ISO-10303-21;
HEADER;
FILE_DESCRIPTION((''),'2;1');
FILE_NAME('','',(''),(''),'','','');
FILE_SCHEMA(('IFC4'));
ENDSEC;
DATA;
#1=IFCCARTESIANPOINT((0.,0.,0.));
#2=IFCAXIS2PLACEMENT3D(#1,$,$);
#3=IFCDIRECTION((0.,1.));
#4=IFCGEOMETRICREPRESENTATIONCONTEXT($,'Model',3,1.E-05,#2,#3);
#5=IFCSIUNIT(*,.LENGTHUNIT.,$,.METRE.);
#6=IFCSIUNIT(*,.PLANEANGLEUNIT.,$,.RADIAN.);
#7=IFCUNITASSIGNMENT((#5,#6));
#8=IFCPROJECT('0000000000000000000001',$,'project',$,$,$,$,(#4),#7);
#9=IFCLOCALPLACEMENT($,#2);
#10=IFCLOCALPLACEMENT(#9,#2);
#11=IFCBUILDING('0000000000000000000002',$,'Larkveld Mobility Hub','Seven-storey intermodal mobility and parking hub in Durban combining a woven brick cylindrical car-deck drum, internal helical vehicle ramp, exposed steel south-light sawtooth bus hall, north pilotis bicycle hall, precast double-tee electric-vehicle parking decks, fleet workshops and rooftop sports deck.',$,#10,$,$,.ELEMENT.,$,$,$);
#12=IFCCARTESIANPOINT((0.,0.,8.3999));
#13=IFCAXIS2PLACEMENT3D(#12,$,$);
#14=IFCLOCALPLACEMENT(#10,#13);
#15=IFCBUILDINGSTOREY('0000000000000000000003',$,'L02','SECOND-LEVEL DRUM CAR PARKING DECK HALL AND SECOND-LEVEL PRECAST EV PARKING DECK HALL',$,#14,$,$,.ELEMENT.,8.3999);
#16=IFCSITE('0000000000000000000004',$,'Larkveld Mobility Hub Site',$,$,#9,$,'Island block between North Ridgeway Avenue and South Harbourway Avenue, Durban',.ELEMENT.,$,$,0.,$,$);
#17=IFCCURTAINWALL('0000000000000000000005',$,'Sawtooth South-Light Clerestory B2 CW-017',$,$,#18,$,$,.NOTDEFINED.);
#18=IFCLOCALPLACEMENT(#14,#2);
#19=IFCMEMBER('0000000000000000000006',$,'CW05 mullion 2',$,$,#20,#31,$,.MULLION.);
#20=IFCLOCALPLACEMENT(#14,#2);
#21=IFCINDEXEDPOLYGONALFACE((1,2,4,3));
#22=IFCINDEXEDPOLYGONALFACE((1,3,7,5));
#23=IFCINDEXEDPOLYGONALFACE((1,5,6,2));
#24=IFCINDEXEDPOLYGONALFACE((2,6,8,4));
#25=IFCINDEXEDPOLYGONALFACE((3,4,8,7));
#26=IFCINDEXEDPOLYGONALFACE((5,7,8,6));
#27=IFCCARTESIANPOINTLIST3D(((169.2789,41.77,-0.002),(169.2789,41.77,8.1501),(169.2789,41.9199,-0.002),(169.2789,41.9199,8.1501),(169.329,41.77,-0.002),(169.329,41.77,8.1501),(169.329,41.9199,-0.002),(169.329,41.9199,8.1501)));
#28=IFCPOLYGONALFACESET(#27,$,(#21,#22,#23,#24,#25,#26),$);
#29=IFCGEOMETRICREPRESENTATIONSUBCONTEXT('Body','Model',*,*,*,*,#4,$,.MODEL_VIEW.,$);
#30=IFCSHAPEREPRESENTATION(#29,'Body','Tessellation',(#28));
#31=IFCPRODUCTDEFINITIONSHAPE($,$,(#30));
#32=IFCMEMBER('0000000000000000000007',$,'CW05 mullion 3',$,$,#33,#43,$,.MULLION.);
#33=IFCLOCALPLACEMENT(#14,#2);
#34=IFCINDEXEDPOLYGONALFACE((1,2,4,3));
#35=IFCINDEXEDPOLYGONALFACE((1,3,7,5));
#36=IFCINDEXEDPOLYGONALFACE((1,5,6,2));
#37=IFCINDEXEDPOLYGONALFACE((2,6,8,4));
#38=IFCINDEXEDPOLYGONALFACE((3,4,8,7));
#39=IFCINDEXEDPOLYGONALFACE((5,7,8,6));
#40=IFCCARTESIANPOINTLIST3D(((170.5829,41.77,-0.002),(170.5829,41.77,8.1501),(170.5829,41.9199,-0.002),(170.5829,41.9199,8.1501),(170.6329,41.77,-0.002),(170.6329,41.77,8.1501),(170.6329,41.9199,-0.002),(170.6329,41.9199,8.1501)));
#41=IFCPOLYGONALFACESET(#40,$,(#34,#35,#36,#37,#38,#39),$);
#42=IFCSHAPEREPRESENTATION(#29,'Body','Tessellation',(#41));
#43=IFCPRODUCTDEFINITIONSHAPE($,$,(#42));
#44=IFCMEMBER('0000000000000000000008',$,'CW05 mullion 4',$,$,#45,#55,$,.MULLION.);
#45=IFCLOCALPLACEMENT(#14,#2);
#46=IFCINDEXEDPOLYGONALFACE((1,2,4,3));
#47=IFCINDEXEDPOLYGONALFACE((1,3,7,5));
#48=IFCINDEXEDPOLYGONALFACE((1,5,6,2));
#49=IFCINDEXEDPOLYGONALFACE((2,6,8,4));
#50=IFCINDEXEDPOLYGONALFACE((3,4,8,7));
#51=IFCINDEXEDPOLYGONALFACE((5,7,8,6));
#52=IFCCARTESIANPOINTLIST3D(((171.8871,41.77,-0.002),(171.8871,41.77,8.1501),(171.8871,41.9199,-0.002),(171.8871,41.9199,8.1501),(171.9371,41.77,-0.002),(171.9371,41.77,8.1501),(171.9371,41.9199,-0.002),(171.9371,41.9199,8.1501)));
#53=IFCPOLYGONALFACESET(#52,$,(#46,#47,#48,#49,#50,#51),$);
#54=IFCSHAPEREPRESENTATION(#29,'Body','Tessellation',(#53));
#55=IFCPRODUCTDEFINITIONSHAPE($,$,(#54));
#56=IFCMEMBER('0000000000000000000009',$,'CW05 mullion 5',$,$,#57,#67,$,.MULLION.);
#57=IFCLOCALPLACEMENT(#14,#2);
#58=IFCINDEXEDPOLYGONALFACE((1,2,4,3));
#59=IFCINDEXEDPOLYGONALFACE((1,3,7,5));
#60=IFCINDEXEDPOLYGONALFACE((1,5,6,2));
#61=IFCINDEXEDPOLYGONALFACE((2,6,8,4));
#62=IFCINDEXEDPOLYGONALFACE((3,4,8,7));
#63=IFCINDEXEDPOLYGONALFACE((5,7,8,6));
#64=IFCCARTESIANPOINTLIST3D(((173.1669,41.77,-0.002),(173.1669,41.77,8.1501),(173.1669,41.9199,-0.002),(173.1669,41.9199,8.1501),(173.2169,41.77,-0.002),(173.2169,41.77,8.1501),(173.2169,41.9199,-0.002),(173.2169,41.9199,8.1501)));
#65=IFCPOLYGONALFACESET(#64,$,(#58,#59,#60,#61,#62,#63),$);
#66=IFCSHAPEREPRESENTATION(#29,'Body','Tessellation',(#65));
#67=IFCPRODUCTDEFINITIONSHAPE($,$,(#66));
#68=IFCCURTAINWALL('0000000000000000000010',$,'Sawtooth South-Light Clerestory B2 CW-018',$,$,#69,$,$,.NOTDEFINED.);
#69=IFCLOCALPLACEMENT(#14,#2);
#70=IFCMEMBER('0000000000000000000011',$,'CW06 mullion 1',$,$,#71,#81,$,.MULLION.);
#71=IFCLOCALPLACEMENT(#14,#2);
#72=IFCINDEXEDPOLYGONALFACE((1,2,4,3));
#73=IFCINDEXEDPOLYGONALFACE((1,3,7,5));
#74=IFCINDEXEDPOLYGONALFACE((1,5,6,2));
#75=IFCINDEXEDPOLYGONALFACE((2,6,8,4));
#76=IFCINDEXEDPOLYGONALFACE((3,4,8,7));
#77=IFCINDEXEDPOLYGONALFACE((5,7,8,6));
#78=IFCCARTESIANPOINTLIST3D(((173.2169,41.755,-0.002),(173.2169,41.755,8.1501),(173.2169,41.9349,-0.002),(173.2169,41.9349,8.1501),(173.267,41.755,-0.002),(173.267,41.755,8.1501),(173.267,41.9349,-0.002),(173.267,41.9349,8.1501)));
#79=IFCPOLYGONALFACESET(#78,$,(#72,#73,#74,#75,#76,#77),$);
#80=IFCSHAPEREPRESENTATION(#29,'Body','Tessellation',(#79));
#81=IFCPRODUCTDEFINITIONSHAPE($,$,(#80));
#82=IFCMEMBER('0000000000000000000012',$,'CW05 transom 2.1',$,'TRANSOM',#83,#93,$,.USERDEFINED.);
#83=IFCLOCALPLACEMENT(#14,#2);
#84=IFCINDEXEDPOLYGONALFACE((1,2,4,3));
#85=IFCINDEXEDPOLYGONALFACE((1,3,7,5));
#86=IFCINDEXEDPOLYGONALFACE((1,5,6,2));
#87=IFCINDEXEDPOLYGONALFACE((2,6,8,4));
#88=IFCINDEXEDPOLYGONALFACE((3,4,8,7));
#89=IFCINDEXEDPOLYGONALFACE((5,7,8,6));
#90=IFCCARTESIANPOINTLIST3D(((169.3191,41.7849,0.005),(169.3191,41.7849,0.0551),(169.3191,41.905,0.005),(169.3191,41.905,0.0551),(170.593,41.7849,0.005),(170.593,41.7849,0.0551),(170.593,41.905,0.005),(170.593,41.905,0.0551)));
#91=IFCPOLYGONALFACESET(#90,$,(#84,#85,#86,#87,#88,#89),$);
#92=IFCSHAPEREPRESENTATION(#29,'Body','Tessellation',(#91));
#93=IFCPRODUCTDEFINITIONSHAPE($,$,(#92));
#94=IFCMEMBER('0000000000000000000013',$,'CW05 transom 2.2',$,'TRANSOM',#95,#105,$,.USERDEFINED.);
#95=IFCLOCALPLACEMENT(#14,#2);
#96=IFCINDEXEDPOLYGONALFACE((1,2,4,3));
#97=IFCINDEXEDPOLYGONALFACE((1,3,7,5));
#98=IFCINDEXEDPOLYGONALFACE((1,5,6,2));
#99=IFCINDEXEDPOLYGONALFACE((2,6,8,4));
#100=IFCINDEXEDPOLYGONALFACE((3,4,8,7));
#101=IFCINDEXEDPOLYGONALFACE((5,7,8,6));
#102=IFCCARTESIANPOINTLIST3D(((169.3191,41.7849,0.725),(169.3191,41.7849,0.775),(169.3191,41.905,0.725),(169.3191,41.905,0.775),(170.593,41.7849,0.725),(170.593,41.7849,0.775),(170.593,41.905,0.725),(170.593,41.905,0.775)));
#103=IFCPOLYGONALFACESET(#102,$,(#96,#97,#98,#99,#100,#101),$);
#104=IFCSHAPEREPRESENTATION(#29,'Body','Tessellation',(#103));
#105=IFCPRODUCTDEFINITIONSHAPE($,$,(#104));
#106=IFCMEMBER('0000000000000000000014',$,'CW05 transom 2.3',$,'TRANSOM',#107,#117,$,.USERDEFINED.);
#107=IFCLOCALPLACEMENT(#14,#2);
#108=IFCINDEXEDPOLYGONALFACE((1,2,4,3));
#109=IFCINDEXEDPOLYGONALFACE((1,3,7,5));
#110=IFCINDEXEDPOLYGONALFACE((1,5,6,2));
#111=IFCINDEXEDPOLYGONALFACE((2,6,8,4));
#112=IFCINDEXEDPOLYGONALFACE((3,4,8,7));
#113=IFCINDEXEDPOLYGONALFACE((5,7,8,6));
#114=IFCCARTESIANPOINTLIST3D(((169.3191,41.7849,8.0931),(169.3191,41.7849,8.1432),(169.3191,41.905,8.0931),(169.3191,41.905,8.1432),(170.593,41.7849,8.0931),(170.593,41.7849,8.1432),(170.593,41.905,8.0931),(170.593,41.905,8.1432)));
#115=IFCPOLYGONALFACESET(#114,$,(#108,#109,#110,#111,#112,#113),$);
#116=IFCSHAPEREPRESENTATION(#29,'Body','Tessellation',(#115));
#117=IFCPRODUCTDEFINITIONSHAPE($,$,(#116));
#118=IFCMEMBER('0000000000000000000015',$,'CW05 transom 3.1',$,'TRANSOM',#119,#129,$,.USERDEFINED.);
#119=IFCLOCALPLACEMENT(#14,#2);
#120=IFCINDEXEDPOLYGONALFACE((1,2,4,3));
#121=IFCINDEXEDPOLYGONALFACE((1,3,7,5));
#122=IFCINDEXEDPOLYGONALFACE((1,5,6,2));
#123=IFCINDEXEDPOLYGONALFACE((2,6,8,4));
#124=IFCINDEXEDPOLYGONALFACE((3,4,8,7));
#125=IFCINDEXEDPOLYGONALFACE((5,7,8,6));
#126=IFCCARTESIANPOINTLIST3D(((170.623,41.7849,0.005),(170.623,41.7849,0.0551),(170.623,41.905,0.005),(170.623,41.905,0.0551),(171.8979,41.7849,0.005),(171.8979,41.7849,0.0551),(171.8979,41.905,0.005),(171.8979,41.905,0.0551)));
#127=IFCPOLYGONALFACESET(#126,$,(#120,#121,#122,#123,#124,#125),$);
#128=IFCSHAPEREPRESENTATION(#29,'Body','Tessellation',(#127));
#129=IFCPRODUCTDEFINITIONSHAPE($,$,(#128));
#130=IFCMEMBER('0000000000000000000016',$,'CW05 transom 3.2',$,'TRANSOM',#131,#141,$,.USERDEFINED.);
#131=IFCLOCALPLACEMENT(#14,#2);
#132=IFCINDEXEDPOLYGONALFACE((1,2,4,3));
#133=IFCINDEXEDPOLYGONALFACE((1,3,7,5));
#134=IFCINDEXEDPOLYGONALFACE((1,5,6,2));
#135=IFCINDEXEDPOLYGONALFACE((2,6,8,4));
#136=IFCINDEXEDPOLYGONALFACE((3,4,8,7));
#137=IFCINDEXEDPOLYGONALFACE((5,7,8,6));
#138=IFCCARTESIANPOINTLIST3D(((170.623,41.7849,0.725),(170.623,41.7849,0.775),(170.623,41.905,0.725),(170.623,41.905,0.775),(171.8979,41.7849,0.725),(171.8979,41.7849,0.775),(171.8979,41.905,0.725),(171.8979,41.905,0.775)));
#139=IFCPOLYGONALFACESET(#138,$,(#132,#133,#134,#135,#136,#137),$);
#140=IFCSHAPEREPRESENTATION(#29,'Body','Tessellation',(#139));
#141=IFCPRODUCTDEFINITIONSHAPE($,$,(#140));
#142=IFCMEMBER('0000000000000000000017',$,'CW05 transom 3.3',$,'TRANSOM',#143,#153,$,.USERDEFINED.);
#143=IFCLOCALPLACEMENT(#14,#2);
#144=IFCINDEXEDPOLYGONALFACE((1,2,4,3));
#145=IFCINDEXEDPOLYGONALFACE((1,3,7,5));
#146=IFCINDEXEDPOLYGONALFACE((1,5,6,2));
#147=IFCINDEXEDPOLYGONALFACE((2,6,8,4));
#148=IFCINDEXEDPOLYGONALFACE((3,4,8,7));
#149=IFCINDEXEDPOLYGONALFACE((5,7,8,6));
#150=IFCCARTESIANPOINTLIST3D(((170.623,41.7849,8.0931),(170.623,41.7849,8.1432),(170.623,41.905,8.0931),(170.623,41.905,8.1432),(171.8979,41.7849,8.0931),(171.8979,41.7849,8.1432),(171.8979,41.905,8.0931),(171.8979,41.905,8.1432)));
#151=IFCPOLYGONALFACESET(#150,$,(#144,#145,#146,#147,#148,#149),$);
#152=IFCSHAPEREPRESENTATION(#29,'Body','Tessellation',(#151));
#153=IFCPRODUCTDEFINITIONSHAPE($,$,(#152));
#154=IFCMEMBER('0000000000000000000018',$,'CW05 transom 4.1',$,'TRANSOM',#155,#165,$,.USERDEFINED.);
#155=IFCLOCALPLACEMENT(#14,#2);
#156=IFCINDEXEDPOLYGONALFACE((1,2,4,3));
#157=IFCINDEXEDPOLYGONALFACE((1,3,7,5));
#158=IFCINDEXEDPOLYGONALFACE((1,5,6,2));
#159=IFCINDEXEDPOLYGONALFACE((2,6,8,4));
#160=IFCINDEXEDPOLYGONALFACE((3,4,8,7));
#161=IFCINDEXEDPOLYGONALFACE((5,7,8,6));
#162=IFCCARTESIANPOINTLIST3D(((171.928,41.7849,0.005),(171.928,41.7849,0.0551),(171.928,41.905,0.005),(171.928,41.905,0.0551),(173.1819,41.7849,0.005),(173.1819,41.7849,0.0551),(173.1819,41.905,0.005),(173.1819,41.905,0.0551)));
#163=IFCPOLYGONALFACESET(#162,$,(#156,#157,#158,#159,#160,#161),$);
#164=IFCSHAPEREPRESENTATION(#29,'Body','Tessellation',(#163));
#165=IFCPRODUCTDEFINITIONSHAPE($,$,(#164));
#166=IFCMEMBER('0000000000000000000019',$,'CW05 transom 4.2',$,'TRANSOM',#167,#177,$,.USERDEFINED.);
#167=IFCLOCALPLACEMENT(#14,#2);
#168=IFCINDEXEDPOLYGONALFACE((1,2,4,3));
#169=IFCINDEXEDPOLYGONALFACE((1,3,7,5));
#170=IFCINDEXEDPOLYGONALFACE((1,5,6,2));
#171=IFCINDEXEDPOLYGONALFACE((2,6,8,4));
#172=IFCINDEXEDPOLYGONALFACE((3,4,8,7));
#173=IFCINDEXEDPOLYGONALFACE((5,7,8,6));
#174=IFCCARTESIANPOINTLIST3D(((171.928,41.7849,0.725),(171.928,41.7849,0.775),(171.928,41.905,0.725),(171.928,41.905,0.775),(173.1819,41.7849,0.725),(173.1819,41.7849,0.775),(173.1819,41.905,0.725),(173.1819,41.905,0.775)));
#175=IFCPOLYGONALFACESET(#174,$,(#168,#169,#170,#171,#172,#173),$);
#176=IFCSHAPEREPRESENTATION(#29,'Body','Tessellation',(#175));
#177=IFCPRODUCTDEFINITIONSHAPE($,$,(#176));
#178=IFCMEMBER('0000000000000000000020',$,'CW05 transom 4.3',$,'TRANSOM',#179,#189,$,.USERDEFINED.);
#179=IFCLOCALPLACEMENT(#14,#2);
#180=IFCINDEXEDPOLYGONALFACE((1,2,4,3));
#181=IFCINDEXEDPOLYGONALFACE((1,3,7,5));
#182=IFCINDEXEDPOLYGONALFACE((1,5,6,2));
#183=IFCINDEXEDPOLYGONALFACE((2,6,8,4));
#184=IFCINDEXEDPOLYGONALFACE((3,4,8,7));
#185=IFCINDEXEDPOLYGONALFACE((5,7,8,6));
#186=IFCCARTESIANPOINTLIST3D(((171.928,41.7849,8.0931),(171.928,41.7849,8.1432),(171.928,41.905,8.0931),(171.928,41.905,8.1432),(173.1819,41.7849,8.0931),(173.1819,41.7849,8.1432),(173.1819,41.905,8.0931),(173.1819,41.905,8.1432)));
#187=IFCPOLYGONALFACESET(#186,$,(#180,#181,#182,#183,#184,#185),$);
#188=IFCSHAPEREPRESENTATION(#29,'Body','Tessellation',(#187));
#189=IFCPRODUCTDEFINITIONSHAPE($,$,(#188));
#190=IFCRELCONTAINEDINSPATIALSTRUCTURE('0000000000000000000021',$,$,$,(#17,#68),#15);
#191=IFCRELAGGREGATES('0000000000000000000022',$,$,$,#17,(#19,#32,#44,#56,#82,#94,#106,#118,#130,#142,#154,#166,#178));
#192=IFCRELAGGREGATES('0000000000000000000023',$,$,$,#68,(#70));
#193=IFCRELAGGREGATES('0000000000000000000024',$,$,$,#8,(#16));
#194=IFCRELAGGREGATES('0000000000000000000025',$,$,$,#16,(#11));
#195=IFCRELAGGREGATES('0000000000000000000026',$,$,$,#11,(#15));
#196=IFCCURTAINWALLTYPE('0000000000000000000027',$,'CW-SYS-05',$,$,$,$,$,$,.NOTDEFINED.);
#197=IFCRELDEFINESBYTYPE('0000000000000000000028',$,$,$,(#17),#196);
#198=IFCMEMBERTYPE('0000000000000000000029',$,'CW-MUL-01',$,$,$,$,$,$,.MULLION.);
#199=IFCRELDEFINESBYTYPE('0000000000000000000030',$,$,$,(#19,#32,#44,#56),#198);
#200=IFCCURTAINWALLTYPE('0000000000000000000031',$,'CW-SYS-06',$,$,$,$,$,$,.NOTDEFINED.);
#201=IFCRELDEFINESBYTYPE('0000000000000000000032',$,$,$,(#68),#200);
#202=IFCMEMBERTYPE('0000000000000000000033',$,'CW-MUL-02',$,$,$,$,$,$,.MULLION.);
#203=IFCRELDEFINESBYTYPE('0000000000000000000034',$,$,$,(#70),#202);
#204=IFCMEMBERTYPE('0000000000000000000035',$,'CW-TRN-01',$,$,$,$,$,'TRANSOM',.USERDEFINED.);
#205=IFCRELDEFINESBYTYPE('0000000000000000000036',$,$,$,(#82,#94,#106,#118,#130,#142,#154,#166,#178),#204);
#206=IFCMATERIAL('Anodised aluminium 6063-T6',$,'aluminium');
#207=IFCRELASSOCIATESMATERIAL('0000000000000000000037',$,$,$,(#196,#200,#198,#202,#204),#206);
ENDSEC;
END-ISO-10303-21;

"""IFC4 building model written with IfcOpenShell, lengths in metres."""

from ifc_helpers import new_model, si_unit, direction, frame, origin, origin_2d, place, context, subcontext, project, spatial, rectangle, extrude, material, material_profile, profile_set, type_object, element, aggregate, save


model = new_model("IFC4")

# Units and contexts
model_context = context("Model", 3, precision=1e-05, world=origin(), true_north=direction((0.0, 1.0)))
body_context = subcontext(model_context, "Body", "Model", "MODEL_VIEW")
ifc_project = project(units=[si_unit("LENGTHUNIT", "METRE"), si_unit("PLANEANGLEUNIT", "RADIAN")], contexts=[model_context])

# Site, building, storey
site_placement = place(None, origin())
site = spatial("IfcSite", under=ifc_project, at=site_placement, Name="Larkveld Mobility Hub Site", LongName="Island block between North Ridgeway Avenue and South Harbourway Avenue, Durban", CompositionType="ELEMENT", RefElevation=0.0)
building_placement = place(site_placement, origin())
building = spatial("IfcBuilding", under=site, at=building_placement, Name="Larkveld Mobility Hub", Description="Seven-storey intermodal mobility and parking hub in Durban combining a woven brick cylindrical car-deck drum, internal helical vehicle ramp, exposed steel south-light sawtooth bus hall, north pilotis bicycle hall, precast double-tee electric-vehicle parking decks, fleet workshops and rooftop sports deck.", CompositionType="ELEMENT")
storey_placement = place(building_placement, frame((0.0, 0.0, 8.3999)))
storey = spatial("IfcBuildingStorey", under=building, at=storey_placement, Name="L02", Description="SECOND-LEVEL DRUM CAR PARKING DECK HALL AND SECOND-LEVEL PRECAST EV PARKING DECK HALL", CompositionType="ELEMENT", Elevation=8.3999)

# Curtain wall, members
ifc_material_1 = material(Name="Anodised aluminium 6063-T6", Category="aluminium")
curtain_wall_type_1 = type_object("IfcCurtainWallType", Name="CW-SYS-05", PredefinedType="NOTDEFINED", material=ifc_material_1)
curtain_wall_1_placement = place(storey_placement, origin())
curtain_wall_1 = element("IfcCurtainWall", 1, at=curtain_wall_1_placement, inside=storey, type_object=curtain_wall_type_1, Name="Sawtooth South-Light Clerestory B2 CW-017", PredefinedType="NOTDEFINED")
ifc_material_profile_1 = material_profile(ifc_material_1, rectangle(XDim=0.05, YDim=0.1499, at=origin_2d()), Name="ALU MULL 50x150")
ifc_profile_set_1 = profile_set([ifc_material_profile_1], Name="Anodised aluminium 6063-T6")
member_type_1 = type_object("IfcMemberType", Name="CW-MUL-01", PredefinedType="MULLION", material=ifc_profile_set_1)
member_1_placement = place(storey_placement, frame((169.304, 41.845, -0.002), z_axis=(0.0, 0.0, 1.0), x_axis=(1.0, 0.0, 0.0)))
member_1 = element("IfcMember", 2, at=member_1_placement, type_object=member_type_1, Name="CW05 mullion 2", PredefinedType="MULLION", context=body_context, shape_type="SweptSolid", body=[
    extrude(rectangle(XDim=0.05, YDim=0.1499, at=origin_2d()), origin(), (0.0, 0.0, 1.0), 8.1521),
])
member_2_placement = place(storey_placement, frame((170.6079, 41.845, -0.002), z_axis=(0.0, 0.0, 1.0), x_axis=(1.0, 0.0, 0.0)))
member_2 = element("IfcMember", 3, at=member_2_placement, type_object=member_type_1, Name="CW05 mullion 3", PredefinedType="MULLION", context=body_context, shape_type="SweptSolid", body=[
    extrude(rectangle(XDim=0.05, YDim=0.1499, at=origin_2d()), origin(), (0.0, 0.0, 1.0), 8.1521),
])
member_3_placement = place(storey_placement, frame((171.9121, 41.845, -0.002), z_axis=(0.0, 0.0, 1.0), x_axis=(1.0, 0.0, 0.0)))
member_3 = element("IfcMember", 4, at=member_3_placement, type_object=member_type_1, Name="CW05 mullion 4", PredefinedType="MULLION", context=body_context, shape_type="SweptSolid", body=[
    extrude(rectangle(XDim=0.05, YDim=0.1499, at=origin_2d()), origin(), (0.0, 0.0, 1.0), 8.1521),
])
member_4_placement = place(storey_placement, frame((173.1919, 41.845, -0.002), z_axis=(0.0, 0.0, 1.0), x_axis=(1.0, 0.0, 0.0)))
member_4 = element("IfcMember", 5, at=member_4_placement, type_object=member_type_1, Name="CW05 mullion 5", PredefinedType="MULLION", context=body_context, shape_type="SweptSolid", body=[
    extrude(rectangle(XDim=0.05, YDim=0.1499, at=origin_2d()), origin(), (0.0, 0.0, 1.0), 8.1521),
])

# Curtain wall, member
curtain_wall_type_2 = type_object("IfcCurtainWallType", Name="CW-SYS-06", PredefinedType="NOTDEFINED", material=ifc_material_1)
curtain_wall_2_placement = place(storey_placement, origin())
curtain_wall_2 = element("IfcCurtainWall", 6, at=curtain_wall_2_placement, inside=storey, type_object=curtain_wall_type_2, Name="Sawtooth South-Light Clerestory B2 CW-018", PredefinedType="NOTDEFINED")
ifc_material_profile_2 = material_profile(ifc_material_1, rectangle(XDim=0.05, YDim=0.1799, at=origin_2d()), Name="ALU MULL 50x180")
ifc_profile_set_2 = profile_set([ifc_material_profile_2], Name="Anodised aluminium 6063-T6")
member_type_2 = type_object("IfcMemberType", Name="CW-MUL-02", PredefinedType="MULLION", material=ifc_profile_set_2)
member_5_placement = place(storey_placement, frame((173.2419, 41.845, -0.002), z_axis=(0.0, 0.0, 1.0), x_axis=(1.0, 0.0, 0.0)))
member_5 = element("IfcMember", 7, at=member_5_placement, type_object=member_type_2, Name="CW06 mullion 1", PredefinedType="MULLION", context=body_context, shape_type="SweptSolid", body=[
    extrude(rectangle(XDim=0.05, YDim=0.1799, at=origin_2d()), origin(), (0.0, 0.0, 1.0), 8.1521),
])

# Members
ifc_material_profile_3 = material_profile(ifc_material_1, rectangle(XDim=0.1201, YDim=0.05, at=origin_2d()), Name="ALU TRAN 50x120")
ifc_profile_set_3 = profile_set([ifc_material_profile_3], Name="Anodised aluminium 6063-T6")
member_type_3 = type_object("IfcMemberType", Name="CW-TRN-01", ElementType="TRANSOM", PredefinedType="USERDEFINED", material=ifc_profile_set_3)
member_6_placement = place(storey_placement, frame((169.3191, 41.845, 0.03), z_axis=(1.0, 0.0, 0.0), x_axis=(0.0, 1.0, 0.0)))
member_6 = element("IfcMember", 8, at=member_6_placement, type_object=member_type_3, Name="CW05 transom 2.1", ObjectType="TRANSOM", PredefinedType="USERDEFINED", context=body_context, shape_type="SweptSolid", body=[
    extrude(rectangle(XDim=0.1201, YDim=0.05, at=origin_2d()), origin(), (0.0, 0.0, 1.0), 1.2739),
])
member_7_placement = place(storey_placement, frame((169.3191, 41.845, 0.75), z_axis=(1.0, 0.0, 0.0), x_axis=(0.0, 1.0, 0.0)))
member_7 = element("IfcMember", 9, at=member_7_placement, type_object=member_type_3, Name="CW05 transom 2.2", ObjectType="TRANSOM", PredefinedType="USERDEFINED", context=body_context, shape_type="SweptSolid", body=[
    extrude(rectangle(XDim=0.1201, YDim=0.05, at=origin_2d()), origin(), (0.0, 0.0, 1.0), 1.2739),
])
member_8_placement = place(storey_placement, frame((169.3191, 41.845, 8.1182), z_axis=(1.0, 0.0, 0.0), x_axis=(0.0, 1.0, 0.0)))
member_8 = element("IfcMember", 10, at=member_8_placement, type_object=member_type_3, Name="CW05 transom 2.3", ObjectType="TRANSOM", PredefinedType="USERDEFINED", context=body_context, shape_type="SweptSolid", body=[
    extrude(rectangle(XDim=0.1201, YDim=0.05, at=origin_2d()), origin(), (0.0, 0.0, 1.0), 1.2739),
])
member_9_placement = place(storey_placement, frame((170.623, 41.845, 0.03), z_axis=(1.0, 0.0, 0.0), x_axis=(0.0, 1.0, 0.0)))
member_9 = element("IfcMember", 11, at=member_9_placement, type_object=member_type_3, Name="CW05 transom 3.1", ObjectType="TRANSOM", PredefinedType="USERDEFINED", context=body_context, shape_type="SweptSolid", body=[
    extrude(rectangle(XDim=0.1201, YDim=0.05, at=origin_2d()), origin(), (0.0, 0.0, 1.0), 1.2749),
])
member_10_placement = place(storey_placement, frame((170.623, 41.845, 0.75), z_axis=(1.0, 0.0, 0.0), x_axis=(0.0, 1.0, 0.0)))
member_10 = element("IfcMember", 12, at=member_10_placement, type_object=member_type_3, Name="CW05 transom 3.2", ObjectType="TRANSOM", PredefinedType="USERDEFINED", context=body_context, shape_type="SweptSolid", body=[
    extrude(rectangle(XDim=0.1201, YDim=0.05, at=origin_2d()), origin(), (0.0, 0.0, 1.0), 1.2749),
])
member_11_placement = place(storey_placement, frame((170.623, 41.845, 8.1182), z_axis=(1.0, 0.0, 0.0), x_axis=(0.0, 1.0, 0.0)))
member_11 = element("IfcMember", 13, at=member_11_placement, type_object=member_type_3, Name="CW05 transom 3.3", ObjectType="TRANSOM", PredefinedType="USERDEFINED", context=body_context, shape_type="SweptSolid", body=[
    extrude(rectangle(XDim=0.1201, YDim=0.05, at=origin_2d()), origin(), (0.0, 0.0, 1.0), 1.2749),
])
member_12_placement = place(storey_placement, frame((171.928, 41.845, 0.03), z_axis=(1.0, 0.0, 0.0), x_axis=(0.0, 1.0, 0.0)))
member_12 = element("IfcMember", 14, at=member_12_placement, type_object=member_type_3, Name="CW05 transom 4.1", ObjectType="TRANSOM", PredefinedType="USERDEFINED", context=body_context, shape_type="SweptSolid", body=[
    extrude(rectangle(XDim=0.1201, YDim=0.05, at=origin_2d()), origin(), (0.0, 0.0, 1.0), 1.2539),
])
member_13_placement = place(storey_placement, frame((171.928, 41.845, 0.75), z_axis=(1.0, 0.0, 0.0), x_axis=(0.0, 1.0, 0.0)))
member_13 = element("IfcMember", 15, at=member_13_placement, type_object=member_type_3, Name="CW05 transom 4.2", ObjectType="TRANSOM", PredefinedType="USERDEFINED", context=body_context, shape_type="SweptSolid", body=[
    extrude(rectangle(XDim=0.1201, YDim=0.05, at=origin_2d()), origin(), (0.0, 0.0, 1.0), 1.2539),
])
member_14_placement = place(storey_placement, frame((171.928, 41.845, 8.1182), z_axis=(1.0, 0.0, 0.0), x_axis=(0.0, 1.0, 0.0)))
member_14 = element("IfcMember", 16, at=member_14_placement, type_object=member_type_3, Name="CW05 transom 4.3", ObjectType="TRANSOM", PredefinedType="USERDEFINED", context=body_context, shape_type="SweptSolid", body=[
    extrude(rectangle(XDim=0.1201, YDim=0.05, at=origin_2d()), origin(), (0.0, 0.0, 1.0), 1.2539),
])

aggregate(curtain_wall_1, [member_1, member_2, member_3, member_4, member_6, member_7, member_8, member_9, member_10, member_11, member_12, member_13, member_14])
aggregate(curtain_wall_2, [member_5])

save(model, "model.ifc")
